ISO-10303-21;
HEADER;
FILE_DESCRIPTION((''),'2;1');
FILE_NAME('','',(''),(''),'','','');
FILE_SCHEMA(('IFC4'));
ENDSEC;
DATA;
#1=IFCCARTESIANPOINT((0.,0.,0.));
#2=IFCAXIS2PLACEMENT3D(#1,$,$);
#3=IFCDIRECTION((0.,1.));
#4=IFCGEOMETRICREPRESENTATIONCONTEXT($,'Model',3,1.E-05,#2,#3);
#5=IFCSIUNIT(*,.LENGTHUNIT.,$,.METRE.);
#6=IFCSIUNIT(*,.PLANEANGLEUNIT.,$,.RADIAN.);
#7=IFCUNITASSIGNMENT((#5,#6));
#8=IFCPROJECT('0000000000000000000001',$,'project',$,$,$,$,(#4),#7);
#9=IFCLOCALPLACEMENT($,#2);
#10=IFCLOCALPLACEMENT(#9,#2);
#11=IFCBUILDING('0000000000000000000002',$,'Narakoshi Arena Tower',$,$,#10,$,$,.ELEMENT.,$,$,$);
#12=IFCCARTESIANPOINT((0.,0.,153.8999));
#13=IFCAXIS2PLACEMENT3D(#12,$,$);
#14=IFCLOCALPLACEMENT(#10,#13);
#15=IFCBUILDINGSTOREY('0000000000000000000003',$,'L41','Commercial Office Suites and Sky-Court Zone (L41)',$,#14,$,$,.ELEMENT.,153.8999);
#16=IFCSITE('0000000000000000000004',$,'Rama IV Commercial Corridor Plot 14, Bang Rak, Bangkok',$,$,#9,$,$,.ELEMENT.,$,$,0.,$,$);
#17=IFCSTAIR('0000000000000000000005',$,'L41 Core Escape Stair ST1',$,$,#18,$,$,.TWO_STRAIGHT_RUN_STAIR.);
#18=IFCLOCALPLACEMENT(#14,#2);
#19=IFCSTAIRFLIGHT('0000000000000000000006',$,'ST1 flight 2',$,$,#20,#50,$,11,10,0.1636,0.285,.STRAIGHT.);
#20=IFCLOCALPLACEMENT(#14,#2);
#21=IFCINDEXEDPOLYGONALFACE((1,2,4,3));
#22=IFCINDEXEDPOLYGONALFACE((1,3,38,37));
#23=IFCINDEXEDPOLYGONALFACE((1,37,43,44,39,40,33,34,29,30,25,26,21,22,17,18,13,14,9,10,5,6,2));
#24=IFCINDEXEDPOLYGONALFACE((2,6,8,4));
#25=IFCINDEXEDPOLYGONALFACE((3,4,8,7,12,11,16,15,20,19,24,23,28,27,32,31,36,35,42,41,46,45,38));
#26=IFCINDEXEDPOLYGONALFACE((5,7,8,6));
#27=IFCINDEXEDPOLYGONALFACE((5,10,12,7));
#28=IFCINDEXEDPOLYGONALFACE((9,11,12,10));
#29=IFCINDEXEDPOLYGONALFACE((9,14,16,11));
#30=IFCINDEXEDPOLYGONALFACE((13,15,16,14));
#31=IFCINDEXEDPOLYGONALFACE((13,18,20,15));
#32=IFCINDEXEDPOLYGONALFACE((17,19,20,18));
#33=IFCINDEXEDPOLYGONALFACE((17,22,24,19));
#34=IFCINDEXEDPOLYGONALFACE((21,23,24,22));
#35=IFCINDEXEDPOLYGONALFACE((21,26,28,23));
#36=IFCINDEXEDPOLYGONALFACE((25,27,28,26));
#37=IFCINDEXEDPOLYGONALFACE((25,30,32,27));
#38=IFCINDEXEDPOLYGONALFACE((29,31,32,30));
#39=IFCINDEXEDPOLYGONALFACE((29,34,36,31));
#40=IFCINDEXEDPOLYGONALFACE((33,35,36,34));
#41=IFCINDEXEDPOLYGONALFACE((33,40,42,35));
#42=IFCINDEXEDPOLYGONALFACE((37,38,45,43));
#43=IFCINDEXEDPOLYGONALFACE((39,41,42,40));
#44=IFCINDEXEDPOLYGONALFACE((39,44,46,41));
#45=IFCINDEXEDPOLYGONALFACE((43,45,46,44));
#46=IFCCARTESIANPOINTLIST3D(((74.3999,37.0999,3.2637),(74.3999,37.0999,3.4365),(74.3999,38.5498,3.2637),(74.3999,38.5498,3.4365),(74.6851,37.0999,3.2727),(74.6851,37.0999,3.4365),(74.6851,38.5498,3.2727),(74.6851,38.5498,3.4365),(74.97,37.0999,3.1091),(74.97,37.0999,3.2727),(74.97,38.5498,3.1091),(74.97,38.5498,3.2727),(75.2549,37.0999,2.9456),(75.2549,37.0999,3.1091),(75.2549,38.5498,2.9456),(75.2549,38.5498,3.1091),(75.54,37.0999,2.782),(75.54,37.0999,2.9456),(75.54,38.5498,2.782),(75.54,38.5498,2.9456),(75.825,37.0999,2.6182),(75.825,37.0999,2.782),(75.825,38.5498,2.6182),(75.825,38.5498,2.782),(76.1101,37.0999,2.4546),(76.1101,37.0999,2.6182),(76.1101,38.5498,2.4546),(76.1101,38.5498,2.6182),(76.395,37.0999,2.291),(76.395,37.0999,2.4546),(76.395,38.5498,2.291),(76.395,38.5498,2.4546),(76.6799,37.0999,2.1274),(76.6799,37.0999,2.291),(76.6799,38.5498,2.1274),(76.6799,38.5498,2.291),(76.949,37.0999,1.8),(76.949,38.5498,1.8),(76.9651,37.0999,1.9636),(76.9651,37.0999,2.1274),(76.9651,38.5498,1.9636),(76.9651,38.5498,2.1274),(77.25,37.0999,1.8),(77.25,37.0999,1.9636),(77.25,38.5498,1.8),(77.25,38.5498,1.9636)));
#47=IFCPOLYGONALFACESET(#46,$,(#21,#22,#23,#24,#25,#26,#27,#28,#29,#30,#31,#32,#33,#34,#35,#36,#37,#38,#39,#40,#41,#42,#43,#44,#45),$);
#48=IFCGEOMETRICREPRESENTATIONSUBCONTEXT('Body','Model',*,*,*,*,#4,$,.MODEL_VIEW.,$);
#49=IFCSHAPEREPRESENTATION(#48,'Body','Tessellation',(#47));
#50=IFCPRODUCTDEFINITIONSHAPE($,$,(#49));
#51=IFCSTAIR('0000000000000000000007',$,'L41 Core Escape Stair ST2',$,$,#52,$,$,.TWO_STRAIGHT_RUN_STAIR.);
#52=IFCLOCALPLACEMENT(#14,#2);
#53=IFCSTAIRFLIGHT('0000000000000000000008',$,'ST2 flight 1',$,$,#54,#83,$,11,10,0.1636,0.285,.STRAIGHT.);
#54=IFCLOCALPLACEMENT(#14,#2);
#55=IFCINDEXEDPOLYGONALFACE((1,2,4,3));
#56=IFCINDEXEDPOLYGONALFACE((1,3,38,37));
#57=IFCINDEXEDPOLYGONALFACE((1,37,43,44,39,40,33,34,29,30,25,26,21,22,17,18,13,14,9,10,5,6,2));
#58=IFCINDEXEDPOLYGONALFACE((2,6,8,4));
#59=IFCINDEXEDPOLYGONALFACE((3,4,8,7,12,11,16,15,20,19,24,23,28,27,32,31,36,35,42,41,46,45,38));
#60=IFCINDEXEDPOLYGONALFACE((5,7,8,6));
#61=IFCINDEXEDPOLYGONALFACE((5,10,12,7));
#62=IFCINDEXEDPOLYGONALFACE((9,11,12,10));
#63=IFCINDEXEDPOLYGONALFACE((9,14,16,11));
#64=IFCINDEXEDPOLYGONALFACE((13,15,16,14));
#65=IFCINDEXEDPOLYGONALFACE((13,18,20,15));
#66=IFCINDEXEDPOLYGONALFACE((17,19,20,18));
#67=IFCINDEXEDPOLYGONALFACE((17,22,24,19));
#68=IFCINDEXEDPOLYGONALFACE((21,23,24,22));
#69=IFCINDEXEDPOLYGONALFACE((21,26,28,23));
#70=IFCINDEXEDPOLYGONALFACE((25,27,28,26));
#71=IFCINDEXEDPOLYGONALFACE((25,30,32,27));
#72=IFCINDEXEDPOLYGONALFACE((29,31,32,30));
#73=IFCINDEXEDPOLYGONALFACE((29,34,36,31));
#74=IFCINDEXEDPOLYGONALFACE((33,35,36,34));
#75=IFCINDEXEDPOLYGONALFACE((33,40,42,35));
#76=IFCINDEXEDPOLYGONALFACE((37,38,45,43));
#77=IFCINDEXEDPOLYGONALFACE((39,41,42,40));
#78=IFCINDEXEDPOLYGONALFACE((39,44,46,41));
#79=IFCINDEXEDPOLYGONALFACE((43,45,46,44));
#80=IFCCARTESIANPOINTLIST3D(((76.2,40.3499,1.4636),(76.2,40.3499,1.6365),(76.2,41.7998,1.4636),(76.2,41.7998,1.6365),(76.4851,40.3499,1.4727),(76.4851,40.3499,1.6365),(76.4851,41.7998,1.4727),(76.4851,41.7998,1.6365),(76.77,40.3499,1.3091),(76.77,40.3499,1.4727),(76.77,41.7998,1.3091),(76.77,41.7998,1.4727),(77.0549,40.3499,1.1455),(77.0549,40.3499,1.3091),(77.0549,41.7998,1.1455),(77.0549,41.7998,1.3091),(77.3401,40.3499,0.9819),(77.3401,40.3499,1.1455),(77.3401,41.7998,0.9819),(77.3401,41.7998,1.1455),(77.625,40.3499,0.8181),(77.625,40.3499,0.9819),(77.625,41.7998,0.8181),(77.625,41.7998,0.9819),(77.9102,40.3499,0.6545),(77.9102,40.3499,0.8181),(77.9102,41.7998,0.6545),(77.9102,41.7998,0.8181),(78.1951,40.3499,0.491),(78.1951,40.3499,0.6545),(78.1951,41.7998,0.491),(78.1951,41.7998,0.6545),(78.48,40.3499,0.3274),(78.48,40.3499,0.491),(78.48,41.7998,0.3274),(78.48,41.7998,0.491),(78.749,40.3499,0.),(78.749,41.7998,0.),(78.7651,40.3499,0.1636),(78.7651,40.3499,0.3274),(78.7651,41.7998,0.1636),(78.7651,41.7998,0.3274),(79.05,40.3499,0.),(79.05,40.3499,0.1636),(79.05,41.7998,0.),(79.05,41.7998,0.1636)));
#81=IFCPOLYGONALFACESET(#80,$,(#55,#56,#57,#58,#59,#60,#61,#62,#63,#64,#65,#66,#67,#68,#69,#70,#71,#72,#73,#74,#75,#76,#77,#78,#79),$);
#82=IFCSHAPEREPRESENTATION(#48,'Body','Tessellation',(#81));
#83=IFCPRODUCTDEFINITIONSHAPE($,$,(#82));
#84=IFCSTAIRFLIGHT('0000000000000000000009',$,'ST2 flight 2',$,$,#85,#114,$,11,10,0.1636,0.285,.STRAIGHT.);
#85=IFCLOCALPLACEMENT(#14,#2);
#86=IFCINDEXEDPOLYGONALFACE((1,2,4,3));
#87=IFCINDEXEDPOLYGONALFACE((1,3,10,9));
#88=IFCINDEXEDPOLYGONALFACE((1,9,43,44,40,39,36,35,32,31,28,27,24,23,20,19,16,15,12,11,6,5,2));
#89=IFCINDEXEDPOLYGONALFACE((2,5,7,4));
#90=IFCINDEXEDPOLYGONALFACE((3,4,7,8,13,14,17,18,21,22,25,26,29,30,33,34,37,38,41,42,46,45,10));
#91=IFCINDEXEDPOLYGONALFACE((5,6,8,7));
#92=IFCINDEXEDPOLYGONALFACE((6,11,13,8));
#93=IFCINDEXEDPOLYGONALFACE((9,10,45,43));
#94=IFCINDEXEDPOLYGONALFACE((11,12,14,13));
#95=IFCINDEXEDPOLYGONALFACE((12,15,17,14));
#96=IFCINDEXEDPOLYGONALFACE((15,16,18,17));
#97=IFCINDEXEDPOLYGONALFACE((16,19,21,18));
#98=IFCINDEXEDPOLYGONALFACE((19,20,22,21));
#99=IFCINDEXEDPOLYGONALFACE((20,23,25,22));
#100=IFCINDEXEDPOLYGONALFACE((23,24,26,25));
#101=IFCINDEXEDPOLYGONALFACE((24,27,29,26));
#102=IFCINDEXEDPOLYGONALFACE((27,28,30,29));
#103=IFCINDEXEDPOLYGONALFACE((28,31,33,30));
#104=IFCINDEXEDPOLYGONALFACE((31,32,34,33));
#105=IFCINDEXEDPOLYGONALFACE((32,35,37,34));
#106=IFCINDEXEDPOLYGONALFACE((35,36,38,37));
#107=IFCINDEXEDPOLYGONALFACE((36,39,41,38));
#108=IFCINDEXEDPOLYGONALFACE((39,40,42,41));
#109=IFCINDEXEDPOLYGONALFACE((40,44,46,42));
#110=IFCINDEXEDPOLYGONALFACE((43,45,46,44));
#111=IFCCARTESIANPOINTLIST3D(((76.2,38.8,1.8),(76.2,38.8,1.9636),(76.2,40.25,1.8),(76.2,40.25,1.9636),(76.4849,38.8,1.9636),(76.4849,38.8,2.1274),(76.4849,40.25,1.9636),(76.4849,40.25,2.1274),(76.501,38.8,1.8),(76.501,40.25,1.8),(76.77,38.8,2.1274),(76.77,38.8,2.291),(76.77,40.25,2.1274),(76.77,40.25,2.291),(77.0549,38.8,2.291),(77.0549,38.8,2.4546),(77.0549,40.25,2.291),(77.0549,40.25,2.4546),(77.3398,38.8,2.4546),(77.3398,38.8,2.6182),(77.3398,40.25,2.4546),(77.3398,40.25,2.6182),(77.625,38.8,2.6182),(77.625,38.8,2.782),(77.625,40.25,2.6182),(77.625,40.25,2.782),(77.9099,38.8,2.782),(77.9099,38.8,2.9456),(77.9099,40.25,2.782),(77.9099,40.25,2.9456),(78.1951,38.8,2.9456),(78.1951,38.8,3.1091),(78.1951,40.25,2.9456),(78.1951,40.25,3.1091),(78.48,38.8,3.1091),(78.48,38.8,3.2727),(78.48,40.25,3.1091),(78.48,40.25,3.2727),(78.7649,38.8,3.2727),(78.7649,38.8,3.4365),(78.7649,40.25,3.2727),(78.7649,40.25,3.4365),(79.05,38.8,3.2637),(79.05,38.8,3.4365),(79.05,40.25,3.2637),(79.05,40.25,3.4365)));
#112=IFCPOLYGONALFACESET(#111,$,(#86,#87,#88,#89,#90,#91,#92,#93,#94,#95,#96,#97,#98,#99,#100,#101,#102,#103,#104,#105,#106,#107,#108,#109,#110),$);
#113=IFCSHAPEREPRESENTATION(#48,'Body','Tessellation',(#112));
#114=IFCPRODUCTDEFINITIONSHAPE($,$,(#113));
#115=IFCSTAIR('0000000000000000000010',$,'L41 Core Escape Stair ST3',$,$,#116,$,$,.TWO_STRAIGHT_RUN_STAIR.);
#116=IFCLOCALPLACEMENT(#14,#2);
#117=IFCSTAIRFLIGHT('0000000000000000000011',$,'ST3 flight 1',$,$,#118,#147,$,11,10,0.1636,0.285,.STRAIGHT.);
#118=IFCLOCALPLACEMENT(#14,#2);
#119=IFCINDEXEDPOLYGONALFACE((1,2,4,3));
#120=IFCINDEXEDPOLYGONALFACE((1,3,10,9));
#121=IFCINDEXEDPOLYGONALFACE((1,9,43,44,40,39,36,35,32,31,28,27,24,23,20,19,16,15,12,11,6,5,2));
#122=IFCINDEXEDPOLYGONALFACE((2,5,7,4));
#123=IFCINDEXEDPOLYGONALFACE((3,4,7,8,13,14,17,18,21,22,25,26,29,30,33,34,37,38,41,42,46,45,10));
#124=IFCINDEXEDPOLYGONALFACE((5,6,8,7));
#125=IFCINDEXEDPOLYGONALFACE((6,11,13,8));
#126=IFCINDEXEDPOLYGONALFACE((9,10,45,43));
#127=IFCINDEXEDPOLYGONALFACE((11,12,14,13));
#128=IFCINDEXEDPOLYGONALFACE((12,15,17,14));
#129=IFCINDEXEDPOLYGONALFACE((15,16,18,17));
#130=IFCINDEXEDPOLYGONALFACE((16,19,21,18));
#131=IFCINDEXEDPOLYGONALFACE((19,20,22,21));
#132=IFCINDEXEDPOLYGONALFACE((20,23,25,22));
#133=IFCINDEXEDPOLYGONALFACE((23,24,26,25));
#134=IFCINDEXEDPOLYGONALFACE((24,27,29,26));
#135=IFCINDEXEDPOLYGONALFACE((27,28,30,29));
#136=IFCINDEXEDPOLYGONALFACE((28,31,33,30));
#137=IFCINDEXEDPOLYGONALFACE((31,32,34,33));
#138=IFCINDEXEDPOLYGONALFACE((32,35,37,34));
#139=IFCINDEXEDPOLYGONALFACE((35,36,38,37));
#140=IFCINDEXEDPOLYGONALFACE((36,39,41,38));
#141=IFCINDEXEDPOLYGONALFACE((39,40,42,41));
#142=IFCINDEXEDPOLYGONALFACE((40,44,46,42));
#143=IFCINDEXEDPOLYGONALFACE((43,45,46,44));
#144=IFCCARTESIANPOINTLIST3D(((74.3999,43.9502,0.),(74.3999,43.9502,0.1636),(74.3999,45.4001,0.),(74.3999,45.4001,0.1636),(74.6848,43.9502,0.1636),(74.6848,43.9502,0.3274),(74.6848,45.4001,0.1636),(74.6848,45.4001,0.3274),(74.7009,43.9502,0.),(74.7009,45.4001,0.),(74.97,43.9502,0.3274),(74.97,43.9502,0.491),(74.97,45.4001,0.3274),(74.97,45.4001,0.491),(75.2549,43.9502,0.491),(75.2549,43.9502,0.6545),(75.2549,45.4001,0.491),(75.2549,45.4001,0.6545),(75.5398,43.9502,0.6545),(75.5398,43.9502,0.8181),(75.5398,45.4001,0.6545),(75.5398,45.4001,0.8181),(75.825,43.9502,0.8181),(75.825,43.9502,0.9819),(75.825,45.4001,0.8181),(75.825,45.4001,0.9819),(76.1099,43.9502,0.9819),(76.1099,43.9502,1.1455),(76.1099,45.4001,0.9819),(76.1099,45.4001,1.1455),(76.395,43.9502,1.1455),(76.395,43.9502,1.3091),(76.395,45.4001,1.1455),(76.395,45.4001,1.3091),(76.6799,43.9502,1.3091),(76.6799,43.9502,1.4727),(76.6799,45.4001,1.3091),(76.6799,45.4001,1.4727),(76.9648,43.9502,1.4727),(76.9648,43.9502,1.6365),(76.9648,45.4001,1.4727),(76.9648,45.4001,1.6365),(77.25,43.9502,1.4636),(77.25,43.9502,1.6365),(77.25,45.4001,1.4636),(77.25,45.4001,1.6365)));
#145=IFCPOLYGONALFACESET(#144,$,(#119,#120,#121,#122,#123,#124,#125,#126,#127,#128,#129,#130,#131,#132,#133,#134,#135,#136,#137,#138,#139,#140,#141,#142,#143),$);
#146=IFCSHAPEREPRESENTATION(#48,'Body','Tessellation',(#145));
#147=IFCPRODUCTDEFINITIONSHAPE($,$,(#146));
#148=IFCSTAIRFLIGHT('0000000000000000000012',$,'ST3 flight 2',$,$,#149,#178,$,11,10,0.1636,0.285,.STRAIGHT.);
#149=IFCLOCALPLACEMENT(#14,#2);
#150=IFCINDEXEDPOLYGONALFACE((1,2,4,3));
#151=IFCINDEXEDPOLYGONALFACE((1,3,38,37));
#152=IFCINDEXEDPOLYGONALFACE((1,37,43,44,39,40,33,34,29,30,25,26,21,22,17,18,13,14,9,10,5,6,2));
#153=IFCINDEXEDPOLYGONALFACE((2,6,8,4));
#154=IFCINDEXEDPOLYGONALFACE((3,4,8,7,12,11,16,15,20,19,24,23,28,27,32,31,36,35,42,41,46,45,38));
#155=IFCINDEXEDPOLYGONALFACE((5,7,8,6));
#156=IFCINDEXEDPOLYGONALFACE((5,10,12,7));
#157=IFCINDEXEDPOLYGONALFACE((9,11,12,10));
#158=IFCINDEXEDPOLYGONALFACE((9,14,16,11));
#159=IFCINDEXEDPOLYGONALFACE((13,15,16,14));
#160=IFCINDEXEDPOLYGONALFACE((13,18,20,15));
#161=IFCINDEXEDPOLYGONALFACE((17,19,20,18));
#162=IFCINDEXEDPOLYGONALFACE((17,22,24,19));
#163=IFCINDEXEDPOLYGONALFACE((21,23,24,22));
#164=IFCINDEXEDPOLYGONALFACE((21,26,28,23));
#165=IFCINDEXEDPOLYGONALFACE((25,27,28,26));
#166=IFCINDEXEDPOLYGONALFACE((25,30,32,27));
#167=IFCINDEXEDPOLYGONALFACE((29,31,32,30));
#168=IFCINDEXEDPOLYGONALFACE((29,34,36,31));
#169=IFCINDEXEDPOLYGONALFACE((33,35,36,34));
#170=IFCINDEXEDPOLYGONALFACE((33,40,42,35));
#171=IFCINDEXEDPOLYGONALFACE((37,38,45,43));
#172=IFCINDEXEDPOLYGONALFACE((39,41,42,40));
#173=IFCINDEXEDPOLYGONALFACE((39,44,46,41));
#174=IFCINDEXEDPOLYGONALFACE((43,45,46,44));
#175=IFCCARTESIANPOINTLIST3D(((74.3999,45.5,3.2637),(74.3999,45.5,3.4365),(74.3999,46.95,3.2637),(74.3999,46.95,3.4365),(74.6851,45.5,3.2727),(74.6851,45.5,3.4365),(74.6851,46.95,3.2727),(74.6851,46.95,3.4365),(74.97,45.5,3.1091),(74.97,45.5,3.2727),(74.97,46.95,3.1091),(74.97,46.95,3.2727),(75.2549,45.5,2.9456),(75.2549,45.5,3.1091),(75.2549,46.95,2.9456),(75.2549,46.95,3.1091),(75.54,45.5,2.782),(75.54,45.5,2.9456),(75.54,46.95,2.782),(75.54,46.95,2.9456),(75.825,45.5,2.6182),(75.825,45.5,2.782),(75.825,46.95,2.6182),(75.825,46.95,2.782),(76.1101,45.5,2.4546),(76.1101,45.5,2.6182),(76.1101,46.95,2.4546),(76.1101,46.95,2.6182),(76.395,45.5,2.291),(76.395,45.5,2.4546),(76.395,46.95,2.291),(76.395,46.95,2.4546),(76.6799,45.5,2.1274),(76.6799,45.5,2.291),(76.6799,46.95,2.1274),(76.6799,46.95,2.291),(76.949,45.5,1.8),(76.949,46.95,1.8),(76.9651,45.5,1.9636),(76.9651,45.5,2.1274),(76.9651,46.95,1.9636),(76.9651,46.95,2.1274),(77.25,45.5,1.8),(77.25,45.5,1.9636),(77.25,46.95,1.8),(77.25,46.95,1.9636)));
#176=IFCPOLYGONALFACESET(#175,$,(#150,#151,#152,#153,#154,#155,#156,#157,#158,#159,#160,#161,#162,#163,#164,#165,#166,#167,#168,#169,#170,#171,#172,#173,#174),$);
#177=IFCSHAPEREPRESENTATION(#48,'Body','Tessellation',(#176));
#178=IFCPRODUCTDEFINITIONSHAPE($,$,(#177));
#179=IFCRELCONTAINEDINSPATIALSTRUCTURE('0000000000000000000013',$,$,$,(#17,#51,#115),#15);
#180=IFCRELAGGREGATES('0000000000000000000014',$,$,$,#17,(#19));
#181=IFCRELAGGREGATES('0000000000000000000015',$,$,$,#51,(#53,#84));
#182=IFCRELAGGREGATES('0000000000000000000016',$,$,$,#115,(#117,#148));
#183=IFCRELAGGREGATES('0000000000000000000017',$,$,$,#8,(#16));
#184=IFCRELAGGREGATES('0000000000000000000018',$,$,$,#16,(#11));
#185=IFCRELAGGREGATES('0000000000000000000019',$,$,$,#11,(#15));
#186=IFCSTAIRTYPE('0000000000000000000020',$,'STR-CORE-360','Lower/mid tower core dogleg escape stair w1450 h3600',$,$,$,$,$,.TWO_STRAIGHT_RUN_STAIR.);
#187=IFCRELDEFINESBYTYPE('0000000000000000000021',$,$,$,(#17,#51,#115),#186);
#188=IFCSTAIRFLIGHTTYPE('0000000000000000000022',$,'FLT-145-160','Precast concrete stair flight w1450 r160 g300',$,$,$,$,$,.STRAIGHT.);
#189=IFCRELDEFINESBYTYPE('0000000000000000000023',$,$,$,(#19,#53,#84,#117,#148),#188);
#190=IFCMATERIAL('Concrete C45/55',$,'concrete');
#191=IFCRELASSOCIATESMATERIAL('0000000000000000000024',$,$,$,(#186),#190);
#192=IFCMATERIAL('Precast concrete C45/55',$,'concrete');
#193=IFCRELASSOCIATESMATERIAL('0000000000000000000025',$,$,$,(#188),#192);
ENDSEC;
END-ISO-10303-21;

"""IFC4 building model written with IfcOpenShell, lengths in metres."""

from ifc_helpers import new_model, si_unit, direction, frame, origin, place, context, subcontext, project, spatial, polyline, outline, extrude, material, type_object, element, aggregate, save


model = new_model("IFC4")

# Units and contexts
model_context = context("Model", 3, precision=1e-05, world=origin(), true_north=direction((0.0, 1.0)))
body_context = subcontext(model_context, "Body", "Model", "MODEL_VIEW")
ifc_project = project(units=[si_unit("LENGTHUNIT", "METRE"), si_unit("PLANEANGLEUNIT", "RADIAN")], contexts=[model_context])

# Site, building, storey
site_placement = place(None, origin())
site = spatial("IfcSite", under=ifc_project, at=site_placement, Name="Rama IV Commercial Corridor Plot 14, Bang Rak, Bangkok", CompositionType="ELEMENT", RefElevation=0.0)
building_placement = place(site_placement, origin())
building = spatial("IfcBuilding", under=site, at=building_placement, Name="Narakoshi Arena Tower", CompositionType="ELEMENT")
storey_placement = place(building_placement, frame((0.0, 0.0, 153.8999)))
storey = spatial("IfcBuildingStorey", under=building, at=storey_placement, Name="L41", Description="Commercial Office Suites and Sky-Court Zone (L41)", CompositionType="ELEMENT", Elevation=153.8999)

# Stairs, stair flights
ifc_material_1 = material(Name="Concrete C45/55", Category="concrete")
stair_type = type_object("IfcStairType", Name="STR-CORE-360", Description="Lower/mid tower core dogleg escape stair w1450 h3600", PredefinedType="TWO_STRAIGHT_RUN_STAIR", material=ifc_material_1)
stair_1_placement = place(storey_placement, origin())
stair_1 = element("IfcStair", 1, at=stair_1_placement, inside=storey, type_object=stair_type, Name="L41 Core Escape Stair ST1", PredefinedType="TWO_STRAIGHT_RUN_STAIR")
ifc_material_2 = material(Name="Precast concrete C45/55", Category="concrete")
stair_flight_type = type_object("IfcStairFlightType", Name="FLT-145-160", Description="Precast concrete stair flight w1450 r160 g300", PredefinedType="STRAIGHT", material=ifc_material_2)
stair_flight_1_placement = place(storey_placement, frame((77.25, 37.825, 1.8), z_axis=(0.0, 0.0, 1.0), x_axis=(-1.0, 0.0, 0.0)))
stair_flight_1 = element("IfcStairFlight", 2, at=stair_flight_1_placement, type_object=stair_flight_type, Name="ST1 flight 2", NumberOfRisers=11, NumberOfTreads=10, PredefinedType="STRAIGHT", RiserHeight=0.1636, TreadLength=0.285, context=body_context, shape_type="SweptSolid", body=[
    extrude(outline(polyline([(0.0, 0.0), (0.0, 0.1636), (0.2849, 0.1636), (0.2849, 0.3274), (0.5701, 0.3274), (0.5701, 0.491), (0.855, 0.491), (0.855, 0.6545), (1.1399, 0.6545), (1.1399, 0.8181), (1.425, 0.8181), (1.425, 0.9819), (1.71, 0.9819), (1.71, 1.1455), (1.9951, 1.1455), (1.9951, 1.3091), (2.28, 1.3091), (2.28, 1.4727), (2.5649, 1.4727), (2.5649, 1.6365), (2.8501, 1.6365), (2.8501, 1.8), (2.8501, 1.4636), (0.301, 0.0), (0.0, 0.0)])), frame((0.0, 0.7251, 0.0), z_axis=(0.0, -1.0, 0.0), x_axis=(1.0, 0.0, 0.0)), (0.0, 0.0, 1.0), 1.45),
])
aggregate(stair_1, [stair_flight_1])
stair_2_placement = place(storey_placement, origin())
stair_2 = element("IfcStair", 3, at=stair_2_placement, inside=storey, type_object=stair_type, Name="L41 Core Escape Stair ST2", PredefinedType="TWO_STRAIGHT_RUN_STAIR")
stair_flight_2_placement = place(storey_placement, frame((79.05, 41.075, 0.0), z_axis=(0.0, 0.0, 1.0), x_axis=(-1.0, 0.0, 0.0)))
stair_flight_2 = element("IfcStairFlight", 4, at=stair_flight_2_placement, type_object=stair_flight_type, Name="ST2 flight 1", NumberOfRisers=11, NumberOfTreads=10, PredefinedType="STRAIGHT", RiserHeight=0.1636, TreadLength=0.285, context=body_context, shape_type="SweptSolid", body=[
    extrude(outline(polyline([(0.0, 0.0), (0.0, 0.1636), (0.2849, 0.1636), (0.2849, 0.3274), (0.5701, 0.3274), (0.5701, 0.491), (0.855, 0.491), (0.855, 0.6545), (1.1399, 0.6545), (1.1399, 0.8181), (1.425, 0.8181), (1.425, 0.9819), (1.71, 0.9819), (1.71, 1.1455), (1.9951, 1.1455), (1.9951, 1.3091), (2.28, 1.3091), (2.28, 1.4727), (2.5649, 1.4727), (2.5649, 1.6365), (2.8501, 1.6365), (2.8501, 1.8), (2.8501, 1.4636), (0.301, 0.0), (0.0, 0.0)])), frame((0.0, 0.7251, 0.0), z_axis=(0.0, -1.0, 0.0), x_axis=(1.0, 0.0, 0.0)), (0.0, 0.0, 1.0), 1.45),
])
stair_flight_3_placement = place(storey_placement, frame((76.2, 39.5249, 1.8), z_axis=(0.0, 0.0, 1.0), x_axis=(1.0, 0.0, 0.0)))
stair_flight_3 = element("IfcStairFlight", 5, at=stair_flight_3_placement, type_object=stair_flight_type, Name="ST2 flight 2", NumberOfRisers=11, NumberOfTreads=10, PredefinedType="STRAIGHT", RiserHeight=0.1636, TreadLength=0.285, context=body_context, shape_type="SweptSolid", body=[
    extrude(outline(polyline([(0.0, 0.0), (0.0, 0.1636), (0.2849, 0.1636), (0.2849, 0.3274), (0.5701, 0.3274), (0.5701, 0.491), (0.855, 0.491), (0.855, 0.6545), (1.1399, 0.6545), (1.1399, 0.8181), (1.425, 0.8181), (1.425, 0.9819), (1.71, 0.9819), (1.71, 1.1455), (1.9951, 1.1455), (1.9951, 1.3091), (2.28, 1.3091), (2.28, 1.4727), (2.5649, 1.4727), (2.5649, 1.6365), (2.8501, 1.6365), (2.8501, 1.8), (2.8501, 1.4636), (0.301, 0.0), (0.0, 0.0)])), frame((0.0, 0.7251, 0.0), z_axis=(0.0, -1.0, 0.0), x_axis=(1.0, 0.0, 0.0)), (0.0, 0.0, 1.0), 1.45),
])
aggregate(stair_2, [stair_flight_2, stair_flight_3])
stair_3_placement = place(storey_placement, origin())
stair_3 = element("IfcStair", 6, at=stair_3_placement, inside=storey, type_object=stair_type, Name="L41 Core Escape Stair ST3", PredefinedType="TWO_STRAIGHT_RUN_STAIR")
stair_flight_4_placement = place(storey_placement, frame((74.3999, 44.675, 0.0), z_axis=(0.0, 0.0, 1.0), x_axis=(1.0, 0.0, 0.0)))
stair_flight_4 = element("IfcStairFlight", 7, at=stair_flight_4_placement, type_object=stair_flight_type, Name="ST3 flight 1", NumberOfRisers=11, NumberOfTreads=10, PredefinedType="STRAIGHT", RiserHeight=0.1636, TreadLength=0.285, context=body_context, shape_type="SweptSolid", body=[
    extrude(outline(polyline([(0.0, 0.0), (0.0, 0.1636), (0.2849, 0.1636), (0.2849, 0.3274), (0.5701, 0.3274), (0.5701, 0.491), (0.855, 0.491), (0.855, 0.6545), (1.1399, 0.6545), (1.1399, 0.8181), (1.425, 0.8181), (1.425, 0.9819), (1.71, 0.9819), (1.71, 1.1455), (1.9951, 1.1455), (1.9951, 1.3091), (2.28, 1.3091), (2.28, 1.4727), (2.5649, 1.4727), (2.5649, 1.6365), (2.8501, 1.6365), (2.8501, 1.8), (2.8501, 1.4636), (0.301, 0.0), (0.0, 0.0)])), frame((0.0, 0.7251, 0.0), z_axis=(0.0, -1.0, 0.0), x_axis=(1.0, 0.0, 0.0)), (0.0, 0.0, 1.0), 1.45),
])
stair_flight_5_placement = place(storey_placement, frame((77.25, 46.2251, 1.8), z_axis=(0.0, 0.0, 1.0), x_axis=(-1.0, 0.0, 0.0)))
stair_flight_5 = element("IfcStairFlight", 8, at=stair_flight_5_placement, type_object=stair_flight_type, Name="ST3 flight 2", NumberOfRisers=11, NumberOfTreads=10, PredefinedType="STRAIGHT", RiserHeight=0.1636, TreadLength=0.285, context=body_context, shape_type="SweptSolid", body=[
    extrude(outline(polyline([(0.0, 0.0), (0.0, 0.1636), (0.2849, 0.1636), (0.2849, 0.3274), (0.5701, 0.3274), (0.5701, 0.491), (0.855, 0.491), (0.855, 0.6545), (1.1399, 0.6545), (1.1399, 0.8181), (1.425, 0.8181), (1.425, 0.9819), (1.71, 0.9819), (1.71, 1.1455), (1.9951, 1.1455), (1.9951, 1.3091), (2.28, 1.3091), (2.28, 1.4727), (2.5649, 1.4727), (2.5649, 1.6365), (2.8501, 1.6365), (2.8501, 1.8), (2.8501, 1.4636), (0.301, 0.0), (0.0, 0.0)])), frame((0.0, 0.7251, 0.0), z_axis=(0.0, -1.0, 0.0), x_axis=(1.0, 0.0, 0.0)), (0.0, 0.0, 1.0), 1.45),
])
aggregate(stair_3, [stair_flight_4, stair_flight_5])

save(model, "model.ifc")
